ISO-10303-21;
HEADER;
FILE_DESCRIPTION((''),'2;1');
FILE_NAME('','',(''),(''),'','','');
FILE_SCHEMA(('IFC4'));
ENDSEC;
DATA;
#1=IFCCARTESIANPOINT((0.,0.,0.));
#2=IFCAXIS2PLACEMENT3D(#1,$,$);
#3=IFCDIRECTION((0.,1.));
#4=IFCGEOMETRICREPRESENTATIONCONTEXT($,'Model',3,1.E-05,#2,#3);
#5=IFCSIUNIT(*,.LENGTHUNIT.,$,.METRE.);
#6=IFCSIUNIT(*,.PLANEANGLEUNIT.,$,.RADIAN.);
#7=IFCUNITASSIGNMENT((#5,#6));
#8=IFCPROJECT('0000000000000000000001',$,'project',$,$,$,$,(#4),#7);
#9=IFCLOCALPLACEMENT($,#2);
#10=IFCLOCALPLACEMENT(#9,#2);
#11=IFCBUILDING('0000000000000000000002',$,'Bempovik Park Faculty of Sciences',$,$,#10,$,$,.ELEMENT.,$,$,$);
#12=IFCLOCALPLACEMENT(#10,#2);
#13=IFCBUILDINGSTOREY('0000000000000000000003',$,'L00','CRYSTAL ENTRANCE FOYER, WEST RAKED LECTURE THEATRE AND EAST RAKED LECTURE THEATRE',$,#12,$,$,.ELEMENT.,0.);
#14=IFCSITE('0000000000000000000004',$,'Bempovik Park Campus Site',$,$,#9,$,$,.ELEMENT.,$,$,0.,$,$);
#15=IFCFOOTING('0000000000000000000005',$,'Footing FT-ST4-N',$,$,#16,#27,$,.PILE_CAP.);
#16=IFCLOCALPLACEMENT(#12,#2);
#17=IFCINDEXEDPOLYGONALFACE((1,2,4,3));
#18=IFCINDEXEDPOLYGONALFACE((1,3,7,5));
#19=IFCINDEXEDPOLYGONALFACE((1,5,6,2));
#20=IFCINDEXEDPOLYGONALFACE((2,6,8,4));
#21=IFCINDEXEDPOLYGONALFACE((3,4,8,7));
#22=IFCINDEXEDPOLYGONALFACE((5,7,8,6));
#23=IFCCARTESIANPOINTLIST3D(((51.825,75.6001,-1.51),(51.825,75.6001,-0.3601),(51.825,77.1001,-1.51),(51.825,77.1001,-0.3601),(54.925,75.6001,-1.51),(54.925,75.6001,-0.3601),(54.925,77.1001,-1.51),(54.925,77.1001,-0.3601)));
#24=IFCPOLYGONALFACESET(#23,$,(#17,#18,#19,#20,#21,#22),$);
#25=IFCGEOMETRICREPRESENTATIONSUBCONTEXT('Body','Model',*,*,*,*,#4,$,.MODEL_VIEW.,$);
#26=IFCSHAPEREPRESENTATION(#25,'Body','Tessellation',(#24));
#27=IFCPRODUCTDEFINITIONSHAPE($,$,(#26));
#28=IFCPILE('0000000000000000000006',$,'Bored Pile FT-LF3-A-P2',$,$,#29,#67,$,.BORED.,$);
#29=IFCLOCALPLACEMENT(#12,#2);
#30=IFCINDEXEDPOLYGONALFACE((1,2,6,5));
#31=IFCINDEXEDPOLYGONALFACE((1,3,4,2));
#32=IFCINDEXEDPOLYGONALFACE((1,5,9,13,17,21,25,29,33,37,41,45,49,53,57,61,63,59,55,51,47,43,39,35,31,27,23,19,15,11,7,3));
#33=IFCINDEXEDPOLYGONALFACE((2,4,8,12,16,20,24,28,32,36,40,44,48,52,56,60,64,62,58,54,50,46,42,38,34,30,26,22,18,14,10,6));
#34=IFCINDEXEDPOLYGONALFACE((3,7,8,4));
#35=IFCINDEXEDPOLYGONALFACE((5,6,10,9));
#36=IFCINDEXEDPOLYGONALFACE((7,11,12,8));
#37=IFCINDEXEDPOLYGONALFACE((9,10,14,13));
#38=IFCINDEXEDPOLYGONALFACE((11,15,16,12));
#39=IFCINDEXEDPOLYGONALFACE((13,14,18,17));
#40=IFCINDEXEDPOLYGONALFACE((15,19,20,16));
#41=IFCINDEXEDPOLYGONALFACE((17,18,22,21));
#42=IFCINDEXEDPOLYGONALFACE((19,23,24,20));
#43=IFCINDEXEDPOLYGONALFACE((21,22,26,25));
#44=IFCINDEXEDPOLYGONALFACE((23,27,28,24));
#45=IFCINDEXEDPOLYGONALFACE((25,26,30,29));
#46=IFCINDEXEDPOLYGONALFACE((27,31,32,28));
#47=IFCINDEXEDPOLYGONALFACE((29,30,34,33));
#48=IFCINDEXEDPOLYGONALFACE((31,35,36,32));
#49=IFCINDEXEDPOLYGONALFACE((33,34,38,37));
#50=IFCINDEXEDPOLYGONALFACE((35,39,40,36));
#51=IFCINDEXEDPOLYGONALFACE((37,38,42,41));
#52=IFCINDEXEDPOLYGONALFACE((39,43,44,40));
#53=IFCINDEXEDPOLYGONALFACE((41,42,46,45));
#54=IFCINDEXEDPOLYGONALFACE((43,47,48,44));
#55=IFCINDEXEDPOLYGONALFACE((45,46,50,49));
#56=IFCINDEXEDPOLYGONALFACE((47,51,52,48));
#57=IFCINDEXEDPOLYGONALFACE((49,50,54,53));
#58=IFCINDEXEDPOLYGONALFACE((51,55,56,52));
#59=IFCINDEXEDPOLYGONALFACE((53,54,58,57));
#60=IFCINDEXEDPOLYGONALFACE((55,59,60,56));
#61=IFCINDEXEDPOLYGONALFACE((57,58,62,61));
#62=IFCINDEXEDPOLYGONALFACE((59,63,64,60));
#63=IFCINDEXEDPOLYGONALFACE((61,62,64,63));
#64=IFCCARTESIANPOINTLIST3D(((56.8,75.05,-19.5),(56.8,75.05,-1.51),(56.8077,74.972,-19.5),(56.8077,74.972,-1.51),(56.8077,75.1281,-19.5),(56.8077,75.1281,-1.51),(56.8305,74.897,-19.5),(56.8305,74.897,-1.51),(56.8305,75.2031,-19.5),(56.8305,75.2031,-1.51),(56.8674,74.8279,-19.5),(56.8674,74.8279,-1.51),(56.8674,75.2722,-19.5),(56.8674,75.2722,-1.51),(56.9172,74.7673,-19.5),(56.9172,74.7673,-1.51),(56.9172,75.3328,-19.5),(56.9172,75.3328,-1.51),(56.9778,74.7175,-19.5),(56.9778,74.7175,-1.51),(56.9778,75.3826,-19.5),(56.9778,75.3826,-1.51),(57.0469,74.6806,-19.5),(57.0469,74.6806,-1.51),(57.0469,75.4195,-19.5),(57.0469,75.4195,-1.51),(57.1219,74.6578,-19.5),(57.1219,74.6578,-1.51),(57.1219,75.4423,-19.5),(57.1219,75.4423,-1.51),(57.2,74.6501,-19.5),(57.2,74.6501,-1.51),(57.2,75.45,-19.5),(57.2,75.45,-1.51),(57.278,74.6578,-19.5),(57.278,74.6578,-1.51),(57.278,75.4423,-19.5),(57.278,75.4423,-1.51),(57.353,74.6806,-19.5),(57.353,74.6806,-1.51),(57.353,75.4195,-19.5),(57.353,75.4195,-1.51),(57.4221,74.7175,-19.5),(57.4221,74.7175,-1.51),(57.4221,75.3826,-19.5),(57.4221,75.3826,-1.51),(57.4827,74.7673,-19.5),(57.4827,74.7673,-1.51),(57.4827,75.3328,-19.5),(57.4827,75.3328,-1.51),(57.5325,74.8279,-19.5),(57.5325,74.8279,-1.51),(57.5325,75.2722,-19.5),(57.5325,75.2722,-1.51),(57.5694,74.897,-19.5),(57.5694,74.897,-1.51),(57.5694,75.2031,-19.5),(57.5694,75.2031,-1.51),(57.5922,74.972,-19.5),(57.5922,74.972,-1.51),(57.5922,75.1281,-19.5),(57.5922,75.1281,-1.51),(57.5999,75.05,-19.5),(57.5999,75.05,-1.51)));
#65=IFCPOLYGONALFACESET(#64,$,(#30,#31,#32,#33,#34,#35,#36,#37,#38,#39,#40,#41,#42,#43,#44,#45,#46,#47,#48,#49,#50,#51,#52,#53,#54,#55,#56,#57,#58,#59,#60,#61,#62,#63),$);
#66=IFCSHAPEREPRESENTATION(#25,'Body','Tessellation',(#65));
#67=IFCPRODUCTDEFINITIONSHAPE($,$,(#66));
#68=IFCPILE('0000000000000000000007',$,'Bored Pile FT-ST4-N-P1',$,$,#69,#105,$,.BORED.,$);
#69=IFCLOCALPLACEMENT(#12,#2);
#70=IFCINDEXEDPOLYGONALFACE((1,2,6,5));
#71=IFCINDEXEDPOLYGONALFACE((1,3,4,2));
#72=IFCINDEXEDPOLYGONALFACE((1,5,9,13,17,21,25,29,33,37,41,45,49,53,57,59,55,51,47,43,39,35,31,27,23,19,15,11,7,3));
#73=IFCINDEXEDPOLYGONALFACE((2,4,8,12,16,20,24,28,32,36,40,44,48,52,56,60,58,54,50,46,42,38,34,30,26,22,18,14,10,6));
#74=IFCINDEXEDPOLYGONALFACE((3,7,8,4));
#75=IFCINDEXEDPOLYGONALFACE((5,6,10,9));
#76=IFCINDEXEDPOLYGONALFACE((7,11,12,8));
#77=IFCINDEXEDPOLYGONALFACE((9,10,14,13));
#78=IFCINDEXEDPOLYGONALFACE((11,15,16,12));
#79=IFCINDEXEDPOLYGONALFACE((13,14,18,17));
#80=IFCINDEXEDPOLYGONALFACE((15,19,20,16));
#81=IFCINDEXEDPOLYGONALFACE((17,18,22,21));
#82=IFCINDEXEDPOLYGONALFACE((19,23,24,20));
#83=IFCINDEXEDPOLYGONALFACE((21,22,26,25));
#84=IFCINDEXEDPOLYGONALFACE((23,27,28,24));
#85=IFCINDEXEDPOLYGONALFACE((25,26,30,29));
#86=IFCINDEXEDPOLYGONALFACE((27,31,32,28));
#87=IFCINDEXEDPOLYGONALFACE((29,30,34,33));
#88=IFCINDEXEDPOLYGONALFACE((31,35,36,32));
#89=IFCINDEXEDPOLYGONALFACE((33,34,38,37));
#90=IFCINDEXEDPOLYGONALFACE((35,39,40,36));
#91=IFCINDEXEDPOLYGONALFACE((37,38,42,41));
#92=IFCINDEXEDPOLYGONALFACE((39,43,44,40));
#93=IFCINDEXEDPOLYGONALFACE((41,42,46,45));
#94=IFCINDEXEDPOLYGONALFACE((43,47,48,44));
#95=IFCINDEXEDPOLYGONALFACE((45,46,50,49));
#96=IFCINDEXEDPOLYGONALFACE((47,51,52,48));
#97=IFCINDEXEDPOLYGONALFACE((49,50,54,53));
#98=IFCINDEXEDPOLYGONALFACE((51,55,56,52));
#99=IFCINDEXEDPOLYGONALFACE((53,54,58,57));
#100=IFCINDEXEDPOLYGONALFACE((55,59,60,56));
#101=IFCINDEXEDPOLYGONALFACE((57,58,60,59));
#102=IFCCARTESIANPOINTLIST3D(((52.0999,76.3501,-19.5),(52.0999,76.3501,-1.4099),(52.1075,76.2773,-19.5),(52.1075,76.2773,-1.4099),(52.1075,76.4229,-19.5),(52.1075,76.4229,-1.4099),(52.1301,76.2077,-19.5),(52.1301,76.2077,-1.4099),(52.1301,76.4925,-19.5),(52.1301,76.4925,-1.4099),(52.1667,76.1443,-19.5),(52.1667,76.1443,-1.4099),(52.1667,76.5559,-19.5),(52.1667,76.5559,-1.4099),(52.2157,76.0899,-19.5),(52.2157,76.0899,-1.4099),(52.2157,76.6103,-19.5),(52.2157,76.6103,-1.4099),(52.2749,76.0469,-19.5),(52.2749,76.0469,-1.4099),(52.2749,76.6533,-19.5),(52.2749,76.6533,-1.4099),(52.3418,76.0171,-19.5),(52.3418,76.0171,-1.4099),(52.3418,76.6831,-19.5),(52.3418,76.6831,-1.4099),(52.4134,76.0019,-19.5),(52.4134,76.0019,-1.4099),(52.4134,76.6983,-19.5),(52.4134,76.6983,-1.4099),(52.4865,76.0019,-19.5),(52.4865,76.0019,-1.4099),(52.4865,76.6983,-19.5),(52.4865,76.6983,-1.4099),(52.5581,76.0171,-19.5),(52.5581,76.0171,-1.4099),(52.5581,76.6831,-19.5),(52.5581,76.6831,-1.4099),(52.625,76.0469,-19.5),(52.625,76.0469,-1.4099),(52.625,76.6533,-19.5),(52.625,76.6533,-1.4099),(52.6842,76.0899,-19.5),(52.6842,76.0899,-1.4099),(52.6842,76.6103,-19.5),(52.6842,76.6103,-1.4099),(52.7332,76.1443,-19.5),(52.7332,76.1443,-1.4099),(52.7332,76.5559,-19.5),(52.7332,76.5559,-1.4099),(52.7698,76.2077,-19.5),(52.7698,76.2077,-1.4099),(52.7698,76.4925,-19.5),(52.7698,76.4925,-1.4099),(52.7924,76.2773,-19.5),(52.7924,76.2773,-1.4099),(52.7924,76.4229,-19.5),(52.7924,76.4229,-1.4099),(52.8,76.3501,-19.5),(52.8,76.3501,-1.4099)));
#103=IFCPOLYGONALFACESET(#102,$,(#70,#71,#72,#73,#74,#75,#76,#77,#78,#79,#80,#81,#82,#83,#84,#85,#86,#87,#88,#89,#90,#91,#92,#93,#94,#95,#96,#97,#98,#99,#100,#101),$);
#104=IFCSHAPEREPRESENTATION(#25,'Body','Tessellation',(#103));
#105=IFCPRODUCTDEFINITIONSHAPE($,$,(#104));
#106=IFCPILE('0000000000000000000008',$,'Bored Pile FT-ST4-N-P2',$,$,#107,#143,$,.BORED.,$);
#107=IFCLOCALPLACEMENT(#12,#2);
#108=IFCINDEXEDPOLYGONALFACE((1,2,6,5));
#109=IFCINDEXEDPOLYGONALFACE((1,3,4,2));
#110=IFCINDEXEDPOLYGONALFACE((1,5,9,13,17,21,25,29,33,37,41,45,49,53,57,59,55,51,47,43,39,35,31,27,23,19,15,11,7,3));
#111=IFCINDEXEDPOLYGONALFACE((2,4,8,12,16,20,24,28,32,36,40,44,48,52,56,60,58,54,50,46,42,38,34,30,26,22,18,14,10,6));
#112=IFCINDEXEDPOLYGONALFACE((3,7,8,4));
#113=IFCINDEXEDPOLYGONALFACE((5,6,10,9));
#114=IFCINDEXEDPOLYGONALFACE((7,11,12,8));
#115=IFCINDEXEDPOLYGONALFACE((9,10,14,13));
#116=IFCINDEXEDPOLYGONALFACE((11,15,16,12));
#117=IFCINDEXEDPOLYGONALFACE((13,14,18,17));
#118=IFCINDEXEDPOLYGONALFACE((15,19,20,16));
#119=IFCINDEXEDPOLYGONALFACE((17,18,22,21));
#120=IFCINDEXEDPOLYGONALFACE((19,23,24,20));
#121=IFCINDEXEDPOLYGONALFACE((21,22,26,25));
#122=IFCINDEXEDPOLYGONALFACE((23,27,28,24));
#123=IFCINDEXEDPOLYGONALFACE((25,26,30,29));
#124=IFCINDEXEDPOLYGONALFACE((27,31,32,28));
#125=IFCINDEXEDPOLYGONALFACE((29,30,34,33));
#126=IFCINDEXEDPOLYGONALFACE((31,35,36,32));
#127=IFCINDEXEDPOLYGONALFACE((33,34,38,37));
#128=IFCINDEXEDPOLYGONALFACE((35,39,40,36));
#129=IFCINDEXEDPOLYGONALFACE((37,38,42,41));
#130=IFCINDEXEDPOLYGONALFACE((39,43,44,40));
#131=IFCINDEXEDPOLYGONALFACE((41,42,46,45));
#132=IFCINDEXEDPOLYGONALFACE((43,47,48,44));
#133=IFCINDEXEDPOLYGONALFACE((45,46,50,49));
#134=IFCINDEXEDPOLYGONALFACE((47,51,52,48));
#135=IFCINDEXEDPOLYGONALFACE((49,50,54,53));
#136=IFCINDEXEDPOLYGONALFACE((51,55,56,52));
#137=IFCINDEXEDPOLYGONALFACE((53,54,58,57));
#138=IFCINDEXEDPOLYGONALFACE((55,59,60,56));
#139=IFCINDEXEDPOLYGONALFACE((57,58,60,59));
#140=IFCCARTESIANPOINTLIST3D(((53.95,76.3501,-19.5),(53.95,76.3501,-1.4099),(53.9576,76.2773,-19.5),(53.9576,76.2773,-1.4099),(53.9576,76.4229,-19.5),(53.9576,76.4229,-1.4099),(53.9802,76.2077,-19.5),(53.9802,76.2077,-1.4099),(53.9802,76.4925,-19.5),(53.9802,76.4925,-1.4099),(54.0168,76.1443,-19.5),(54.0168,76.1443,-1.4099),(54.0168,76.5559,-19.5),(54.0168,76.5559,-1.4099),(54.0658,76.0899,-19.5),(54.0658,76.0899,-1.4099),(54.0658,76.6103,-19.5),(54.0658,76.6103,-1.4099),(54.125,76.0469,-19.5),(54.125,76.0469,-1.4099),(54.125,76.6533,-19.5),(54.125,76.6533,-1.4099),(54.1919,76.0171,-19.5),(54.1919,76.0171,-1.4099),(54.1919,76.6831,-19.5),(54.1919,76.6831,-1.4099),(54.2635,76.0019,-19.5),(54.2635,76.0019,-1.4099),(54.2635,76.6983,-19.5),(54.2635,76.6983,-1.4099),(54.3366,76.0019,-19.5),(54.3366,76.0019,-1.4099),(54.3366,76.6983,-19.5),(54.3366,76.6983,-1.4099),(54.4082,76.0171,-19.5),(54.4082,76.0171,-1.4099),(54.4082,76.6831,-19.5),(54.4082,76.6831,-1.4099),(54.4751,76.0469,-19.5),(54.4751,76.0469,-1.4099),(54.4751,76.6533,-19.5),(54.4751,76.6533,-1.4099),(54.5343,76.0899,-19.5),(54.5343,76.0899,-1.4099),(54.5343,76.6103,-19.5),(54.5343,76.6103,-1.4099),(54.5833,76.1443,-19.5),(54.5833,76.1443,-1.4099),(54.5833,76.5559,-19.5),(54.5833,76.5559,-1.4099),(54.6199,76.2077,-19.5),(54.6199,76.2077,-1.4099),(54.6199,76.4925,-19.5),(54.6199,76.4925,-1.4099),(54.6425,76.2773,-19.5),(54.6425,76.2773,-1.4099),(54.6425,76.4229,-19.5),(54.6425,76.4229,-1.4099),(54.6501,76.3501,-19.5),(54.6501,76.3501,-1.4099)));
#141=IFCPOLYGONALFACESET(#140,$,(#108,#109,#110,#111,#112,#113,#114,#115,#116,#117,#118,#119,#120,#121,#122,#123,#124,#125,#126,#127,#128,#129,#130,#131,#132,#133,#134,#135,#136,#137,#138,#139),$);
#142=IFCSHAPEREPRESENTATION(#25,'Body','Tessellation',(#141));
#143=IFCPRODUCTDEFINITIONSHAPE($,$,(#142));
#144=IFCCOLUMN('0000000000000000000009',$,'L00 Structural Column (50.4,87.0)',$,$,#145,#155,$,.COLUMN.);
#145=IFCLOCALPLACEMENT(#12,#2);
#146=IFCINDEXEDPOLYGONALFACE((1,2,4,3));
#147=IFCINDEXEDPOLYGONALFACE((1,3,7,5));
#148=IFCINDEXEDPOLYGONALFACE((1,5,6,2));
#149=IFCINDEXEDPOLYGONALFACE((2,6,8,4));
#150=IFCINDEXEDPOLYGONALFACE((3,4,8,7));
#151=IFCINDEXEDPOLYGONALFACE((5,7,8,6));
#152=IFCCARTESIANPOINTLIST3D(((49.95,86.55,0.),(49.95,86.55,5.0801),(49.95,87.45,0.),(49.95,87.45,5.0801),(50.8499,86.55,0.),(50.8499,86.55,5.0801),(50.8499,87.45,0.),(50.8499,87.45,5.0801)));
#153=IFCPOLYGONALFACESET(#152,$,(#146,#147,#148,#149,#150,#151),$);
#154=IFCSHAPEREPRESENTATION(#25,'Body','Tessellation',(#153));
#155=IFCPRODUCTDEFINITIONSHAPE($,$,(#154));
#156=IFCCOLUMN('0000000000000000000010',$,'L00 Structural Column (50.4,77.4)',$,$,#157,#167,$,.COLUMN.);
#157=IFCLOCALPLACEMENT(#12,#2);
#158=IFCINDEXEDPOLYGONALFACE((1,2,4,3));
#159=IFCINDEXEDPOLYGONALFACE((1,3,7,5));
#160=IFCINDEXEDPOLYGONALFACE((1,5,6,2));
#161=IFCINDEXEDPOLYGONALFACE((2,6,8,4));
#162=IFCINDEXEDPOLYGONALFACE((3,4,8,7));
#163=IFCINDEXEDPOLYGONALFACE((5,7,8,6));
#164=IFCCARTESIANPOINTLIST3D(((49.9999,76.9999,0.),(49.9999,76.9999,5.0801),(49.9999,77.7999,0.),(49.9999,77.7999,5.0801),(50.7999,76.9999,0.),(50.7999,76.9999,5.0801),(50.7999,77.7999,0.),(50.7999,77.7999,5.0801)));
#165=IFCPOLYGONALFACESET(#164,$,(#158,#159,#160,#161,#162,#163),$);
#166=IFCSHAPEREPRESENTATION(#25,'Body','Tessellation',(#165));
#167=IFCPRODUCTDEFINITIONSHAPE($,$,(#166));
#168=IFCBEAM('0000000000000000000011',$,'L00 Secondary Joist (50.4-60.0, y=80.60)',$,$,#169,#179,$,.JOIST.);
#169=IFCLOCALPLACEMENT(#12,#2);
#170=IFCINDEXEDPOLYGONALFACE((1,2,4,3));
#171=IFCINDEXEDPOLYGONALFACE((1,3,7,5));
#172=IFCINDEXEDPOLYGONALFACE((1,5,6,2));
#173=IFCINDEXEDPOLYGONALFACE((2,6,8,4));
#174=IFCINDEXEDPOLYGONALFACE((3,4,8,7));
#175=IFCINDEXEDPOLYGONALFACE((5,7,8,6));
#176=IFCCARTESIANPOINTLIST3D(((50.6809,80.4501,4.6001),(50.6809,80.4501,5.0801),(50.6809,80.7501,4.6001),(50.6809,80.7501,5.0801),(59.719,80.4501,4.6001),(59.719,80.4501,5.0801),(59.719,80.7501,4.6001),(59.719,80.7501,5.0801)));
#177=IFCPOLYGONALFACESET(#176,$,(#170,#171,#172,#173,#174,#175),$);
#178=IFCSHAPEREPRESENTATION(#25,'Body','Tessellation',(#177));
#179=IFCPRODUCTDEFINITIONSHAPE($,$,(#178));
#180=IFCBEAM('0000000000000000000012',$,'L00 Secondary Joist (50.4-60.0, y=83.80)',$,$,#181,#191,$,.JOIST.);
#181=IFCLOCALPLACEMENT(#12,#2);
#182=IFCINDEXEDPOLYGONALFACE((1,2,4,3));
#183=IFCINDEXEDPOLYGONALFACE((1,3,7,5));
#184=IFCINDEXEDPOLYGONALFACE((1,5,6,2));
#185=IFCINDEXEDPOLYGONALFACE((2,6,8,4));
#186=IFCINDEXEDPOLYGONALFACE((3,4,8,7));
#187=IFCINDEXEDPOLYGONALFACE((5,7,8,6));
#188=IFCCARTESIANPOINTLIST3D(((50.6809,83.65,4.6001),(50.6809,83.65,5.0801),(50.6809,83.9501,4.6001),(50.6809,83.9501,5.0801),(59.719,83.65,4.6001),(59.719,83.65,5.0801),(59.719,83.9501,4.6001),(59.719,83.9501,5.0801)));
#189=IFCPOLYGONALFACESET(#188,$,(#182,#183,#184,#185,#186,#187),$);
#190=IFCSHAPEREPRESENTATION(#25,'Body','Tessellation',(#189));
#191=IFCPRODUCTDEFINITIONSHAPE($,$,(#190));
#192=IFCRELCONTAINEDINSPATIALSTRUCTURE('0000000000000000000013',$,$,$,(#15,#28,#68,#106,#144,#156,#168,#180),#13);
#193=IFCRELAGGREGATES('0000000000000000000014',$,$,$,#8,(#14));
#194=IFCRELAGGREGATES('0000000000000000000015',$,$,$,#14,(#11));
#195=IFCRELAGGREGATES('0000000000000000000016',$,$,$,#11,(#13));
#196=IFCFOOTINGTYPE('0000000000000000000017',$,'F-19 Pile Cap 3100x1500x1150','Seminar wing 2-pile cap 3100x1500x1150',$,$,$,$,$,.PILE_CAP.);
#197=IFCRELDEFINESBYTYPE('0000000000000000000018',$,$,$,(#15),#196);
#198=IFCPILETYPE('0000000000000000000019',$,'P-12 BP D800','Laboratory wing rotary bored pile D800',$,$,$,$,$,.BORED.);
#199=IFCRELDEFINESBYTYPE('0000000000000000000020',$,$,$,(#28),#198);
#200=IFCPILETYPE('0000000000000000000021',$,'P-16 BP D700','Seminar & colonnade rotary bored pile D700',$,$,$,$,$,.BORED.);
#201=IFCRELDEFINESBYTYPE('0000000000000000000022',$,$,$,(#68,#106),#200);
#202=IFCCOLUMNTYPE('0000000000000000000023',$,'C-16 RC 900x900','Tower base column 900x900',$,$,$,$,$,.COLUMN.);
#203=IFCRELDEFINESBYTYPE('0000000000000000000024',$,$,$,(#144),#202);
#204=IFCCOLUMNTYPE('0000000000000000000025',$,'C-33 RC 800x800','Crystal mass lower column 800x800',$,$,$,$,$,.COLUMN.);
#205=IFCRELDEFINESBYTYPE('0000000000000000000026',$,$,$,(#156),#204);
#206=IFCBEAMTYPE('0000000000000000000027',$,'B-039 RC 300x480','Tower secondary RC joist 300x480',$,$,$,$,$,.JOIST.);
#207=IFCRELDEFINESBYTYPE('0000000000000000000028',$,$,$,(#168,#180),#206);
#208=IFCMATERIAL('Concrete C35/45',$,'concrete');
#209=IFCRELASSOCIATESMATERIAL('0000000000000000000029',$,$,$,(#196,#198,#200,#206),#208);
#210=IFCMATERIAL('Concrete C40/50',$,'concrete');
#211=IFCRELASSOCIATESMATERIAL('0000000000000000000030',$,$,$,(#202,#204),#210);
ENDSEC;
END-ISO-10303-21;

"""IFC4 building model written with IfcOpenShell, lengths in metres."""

from ifc_helpers import new_model, si_unit, direction, frame, origin, origin_2d, place, context, subcontext, project, spatial, rectangle, circle, extrude, material, material_profile, profile_set, type_object, element, save


model = new_model("IFC4")

# Units and contexts
model_context = context("Model", 3, precision=1e-05, world=origin(), true_north=direction((0.0, 1.0)))
body_context = subcontext(model_context, "Body", "Model", "MODEL_VIEW")
ifc_project = project(units=[si_unit("LENGTHUNIT", "METRE"), si_unit("PLANEANGLEUNIT", "RADIAN")], contexts=[model_context])

# Site, building, storey
site_placement = place(None, origin())
site = spatial("IfcSite", under=ifc_project, at=site_placement, Name="Bempovik Park Campus Site", CompositionType="ELEMENT", RefElevation=0.0)
building_placement = place(site_placement, origin())
building = spatial("IfcBuilding", under=site, at=building_placement, Name="Bempovik Park Faculty of Sciences", CompositionType="ELEMENT")
storey_placement = place(building_placement, origin())
storey = spatial("IfcBuildingStorey", under=building, at=storey_placement, Name="L00", Description="CRYSTAL ENTRANCE FOYER, WEST RAKED LECTURE THEATRE AND EAST RAKED LECTURE THEATRE", CompositionType="ELEMENT", Elevation=0.0)

# Footing
ifc_material_1 = material(Name="Concrete C35/45", Category="concrete")
footing_type = type_object("IfcFootingType", Name="F-19 Pile Cap 3100x1500x1150", Description="Seminar wing 2-pile cap 3100x1500x1150", PredefinedType="PILE_CAP", material=ifc_material_1)
footing_placement = place(storey_placement, frame((53.375, 76.3501, -1.51), z_axis=(0.0, 0.0, 1.0), x_axis=(1.0, 0.0, 0.0)))
element("IfcFooting", 1, at=footing_placement, inside=storey, type_object=footing_type, Name="Footing FT-ST4-N", PredefinedType="PILE_CAP", context=body_context, shape_type="SweptSolid", body=[
    extrude(rectangle(XDim=3.1001, YDim=1.5, at=origin_2d()), origin(), (0.0, 0.0, 1.0), 1.1499),
])

# Piles
ifc_material_profile_1 = material_profile(ifc_material_1, circle(Radius=0.3999, at=origin_2d()), Name="BP D800")
ifc_profile_set_1 = profile_set([ifc_material_profile_1], Name="Concrete C35/45")
pile_type_1 = type_object("IfcPileType", Name="P-12 BP D800", Description="Laboratory wing rotary bored pile D800", PredefinedType="BORED", material=ifc_profile_set_1)
pile_placement = place(storey_placement, frame((57.2, 75.05, -1.51), z_axis=(0.0, 0.0, -1.0), x_axis=(1.0, 0.0, 0.0)))
element("IfcPile", 2, at=pile_placement, inside=storey, type_object=pile_type_1, Name="Bored Pile FT-LF3-A-P2", PredefinedType="BORED", context=body_context, shape_type="SweptSolid", body=[
    extrude(circle(Radius=0.3999, at=origin_2d()), origin(), (0.0, 0.0, 1.0), 17.99),
])
ifc_material_profile_2 = material_profile(ifc_material_1, circle(Radius=0.3501, at=origin_2d()), Name="BP D700")
ifc_profile_set_2 = profile_set([ifc_material_profile_2], Name="Concrete C35/45")
pile_type_2 = type_object("IfcPileType", Name="P-16 BP D700", Description="Seminar & colonnade rotary bored pile D700", PredefinedType="BORED", material=ifc_profile_set_2)
for number, where, z_axis, x_axis, name in (
    (3, (52.45, 76.3501, -1.4099), (0.0, 0.0, -1.0), (1.0, 0.0, 0.0), "Bored Pile FT-ST4-N-P1"),
    (4, (54.3, 76.3501, -1.4099), (0.0, 0.0, -1.0), (1.0, 0.0, 0.0), "Bored Pile FT-ST4-N-P2"),
):
    element("IfcPile", number, at=place(storey_placement, frame(where, z_axis=z_axis, x_axis=x_axis)), inside=storey, type_object=pile_type_2, Name=name, PredefinedType="BORED", context=body_context, shape_type="SweptSolid", body=[
        extrude(circle(Radius=0.3501, at=origin_2d()), origin(), (0.0, 0.0, 1.0), 18.0901),
    ])

# Columns
ifc_material_2 = material(Name="Concrete C40/50", Category="concrete")
ifc_material_profile_3 = material_profile(ifc_material_2, rectangle(XDim=0.8999, YDim=0.8999, at=origin_2d()), Name="RC 900x900")
ifc_profile_set_3 = profile_set([ifc_material_profile_3], Name="Concrete C40/50")
column_type_1 = type_object("IfcColumnType", Name="C-16 RC 900x900", Description="Tower base column 900x900", PredefinedType="COLUMN", material=ifc_profile_set_3)
column_1_placement = place(storey_placement, frame((50.3999, 87.0, 0.0), z_axis=(0.0, 0.0, 1.0), x_axis=(1.0, 0.0, 0.0)))
element("IfcColumn", 5, at=column_1_placement, inside=storey, type_object=column_type_1, Name="L00 Structural Column (50.4,87.0)", PredefinedType="COLUMN", context=body_context, shape_type="SweptSolid", body=[
    extrude(rectangle(XDim=0.8999, YDim=0.8999, at=origin_2d()), origin(), (0.0, 0.0, 1.0), 5.0801),
])
ifc_material_profile_4 = material_profile(ifc_material_2, rectangle(XDim=0.8, YDim=0.8, at=origin_2d()), Name="RC 800x800")
ifc_profile_set_4 = profile_set([ifc_material_profile_4], Name="Concrete C40/50")
column_type_2 = type_object("IfcColumnType", Name="C-33 RC 800x800", Description="Crystal mass lower column 800x800", PredefinedType="COLUMN", material=ifc_profile_set_4)
column_2_placement = place(storey_placement, frame((50.3999, 77.3999, 0.0), z_axis=(0.0, 0.0, 1.0), x_axis=(1.0, 0.0, 0.0)))
element("IfcColumn", 6, at=column_2_placement, inside=storey, type_object=column_type_2, Name="L00 Structural Column (50.4,77.4)", PredefinedType="COLUMN", context=body_context, shape_type="SweptSolid", body=[
    extrude(rectangle(XDim=0.8, YDim=0.8, at=origin_2d()), origin(), (0.0, 0.0, 1.0), 5.0801),
])

# Beams
ifc_material_profile_5 = material_profile(ifc_material_1, rectangle(XDim=0.3, YDim=0.48, at=origin_2d()), Name="RC 300x480")
ifc_profile_set_5 = profile_set([ifc_material_profile_5], Name="Concrete C35/45")
beam_type_1 = type_object("IfcBeamType", Name="B-039 RC 300x480", Description="Tower secondary RC joist 300x480", PredefinedType="JOIST", material=ifc_profile_set_5)
for number, where, z_axis, x_axis, name in (
    (7, (50.6809, 80.6001, 4.8401), (1.0, 0.0, 0.0), (0.0, 1.0, 0.0), "L00 Secondary Joist (50.4-60.0, y=80.60)"),
    (8, (50.6809, 83.8, 4.8401), (1.0, 0.0, 0.0), (0.0, 1.0, 0.0), "L00 Secondary Joist (50.4-60.0, y=83.80)"),
):
    element("IfcBeam", number, at=place(storey_placement, frame(where, z_axis=z_axis, x_axis=x_axis)), inside=storey, type_object=beam_type_1, Name=name, PredefinedType="JOIST", context=body_context, shape_type="SweptSolid", body=[
        extrude(rectangle(XDim=0.3, YDim=0.48, at=origin_2d()), origin(), (0.0, 0.0, 1.0), 9.0381),
    ])

save(model, "model.ifc")
